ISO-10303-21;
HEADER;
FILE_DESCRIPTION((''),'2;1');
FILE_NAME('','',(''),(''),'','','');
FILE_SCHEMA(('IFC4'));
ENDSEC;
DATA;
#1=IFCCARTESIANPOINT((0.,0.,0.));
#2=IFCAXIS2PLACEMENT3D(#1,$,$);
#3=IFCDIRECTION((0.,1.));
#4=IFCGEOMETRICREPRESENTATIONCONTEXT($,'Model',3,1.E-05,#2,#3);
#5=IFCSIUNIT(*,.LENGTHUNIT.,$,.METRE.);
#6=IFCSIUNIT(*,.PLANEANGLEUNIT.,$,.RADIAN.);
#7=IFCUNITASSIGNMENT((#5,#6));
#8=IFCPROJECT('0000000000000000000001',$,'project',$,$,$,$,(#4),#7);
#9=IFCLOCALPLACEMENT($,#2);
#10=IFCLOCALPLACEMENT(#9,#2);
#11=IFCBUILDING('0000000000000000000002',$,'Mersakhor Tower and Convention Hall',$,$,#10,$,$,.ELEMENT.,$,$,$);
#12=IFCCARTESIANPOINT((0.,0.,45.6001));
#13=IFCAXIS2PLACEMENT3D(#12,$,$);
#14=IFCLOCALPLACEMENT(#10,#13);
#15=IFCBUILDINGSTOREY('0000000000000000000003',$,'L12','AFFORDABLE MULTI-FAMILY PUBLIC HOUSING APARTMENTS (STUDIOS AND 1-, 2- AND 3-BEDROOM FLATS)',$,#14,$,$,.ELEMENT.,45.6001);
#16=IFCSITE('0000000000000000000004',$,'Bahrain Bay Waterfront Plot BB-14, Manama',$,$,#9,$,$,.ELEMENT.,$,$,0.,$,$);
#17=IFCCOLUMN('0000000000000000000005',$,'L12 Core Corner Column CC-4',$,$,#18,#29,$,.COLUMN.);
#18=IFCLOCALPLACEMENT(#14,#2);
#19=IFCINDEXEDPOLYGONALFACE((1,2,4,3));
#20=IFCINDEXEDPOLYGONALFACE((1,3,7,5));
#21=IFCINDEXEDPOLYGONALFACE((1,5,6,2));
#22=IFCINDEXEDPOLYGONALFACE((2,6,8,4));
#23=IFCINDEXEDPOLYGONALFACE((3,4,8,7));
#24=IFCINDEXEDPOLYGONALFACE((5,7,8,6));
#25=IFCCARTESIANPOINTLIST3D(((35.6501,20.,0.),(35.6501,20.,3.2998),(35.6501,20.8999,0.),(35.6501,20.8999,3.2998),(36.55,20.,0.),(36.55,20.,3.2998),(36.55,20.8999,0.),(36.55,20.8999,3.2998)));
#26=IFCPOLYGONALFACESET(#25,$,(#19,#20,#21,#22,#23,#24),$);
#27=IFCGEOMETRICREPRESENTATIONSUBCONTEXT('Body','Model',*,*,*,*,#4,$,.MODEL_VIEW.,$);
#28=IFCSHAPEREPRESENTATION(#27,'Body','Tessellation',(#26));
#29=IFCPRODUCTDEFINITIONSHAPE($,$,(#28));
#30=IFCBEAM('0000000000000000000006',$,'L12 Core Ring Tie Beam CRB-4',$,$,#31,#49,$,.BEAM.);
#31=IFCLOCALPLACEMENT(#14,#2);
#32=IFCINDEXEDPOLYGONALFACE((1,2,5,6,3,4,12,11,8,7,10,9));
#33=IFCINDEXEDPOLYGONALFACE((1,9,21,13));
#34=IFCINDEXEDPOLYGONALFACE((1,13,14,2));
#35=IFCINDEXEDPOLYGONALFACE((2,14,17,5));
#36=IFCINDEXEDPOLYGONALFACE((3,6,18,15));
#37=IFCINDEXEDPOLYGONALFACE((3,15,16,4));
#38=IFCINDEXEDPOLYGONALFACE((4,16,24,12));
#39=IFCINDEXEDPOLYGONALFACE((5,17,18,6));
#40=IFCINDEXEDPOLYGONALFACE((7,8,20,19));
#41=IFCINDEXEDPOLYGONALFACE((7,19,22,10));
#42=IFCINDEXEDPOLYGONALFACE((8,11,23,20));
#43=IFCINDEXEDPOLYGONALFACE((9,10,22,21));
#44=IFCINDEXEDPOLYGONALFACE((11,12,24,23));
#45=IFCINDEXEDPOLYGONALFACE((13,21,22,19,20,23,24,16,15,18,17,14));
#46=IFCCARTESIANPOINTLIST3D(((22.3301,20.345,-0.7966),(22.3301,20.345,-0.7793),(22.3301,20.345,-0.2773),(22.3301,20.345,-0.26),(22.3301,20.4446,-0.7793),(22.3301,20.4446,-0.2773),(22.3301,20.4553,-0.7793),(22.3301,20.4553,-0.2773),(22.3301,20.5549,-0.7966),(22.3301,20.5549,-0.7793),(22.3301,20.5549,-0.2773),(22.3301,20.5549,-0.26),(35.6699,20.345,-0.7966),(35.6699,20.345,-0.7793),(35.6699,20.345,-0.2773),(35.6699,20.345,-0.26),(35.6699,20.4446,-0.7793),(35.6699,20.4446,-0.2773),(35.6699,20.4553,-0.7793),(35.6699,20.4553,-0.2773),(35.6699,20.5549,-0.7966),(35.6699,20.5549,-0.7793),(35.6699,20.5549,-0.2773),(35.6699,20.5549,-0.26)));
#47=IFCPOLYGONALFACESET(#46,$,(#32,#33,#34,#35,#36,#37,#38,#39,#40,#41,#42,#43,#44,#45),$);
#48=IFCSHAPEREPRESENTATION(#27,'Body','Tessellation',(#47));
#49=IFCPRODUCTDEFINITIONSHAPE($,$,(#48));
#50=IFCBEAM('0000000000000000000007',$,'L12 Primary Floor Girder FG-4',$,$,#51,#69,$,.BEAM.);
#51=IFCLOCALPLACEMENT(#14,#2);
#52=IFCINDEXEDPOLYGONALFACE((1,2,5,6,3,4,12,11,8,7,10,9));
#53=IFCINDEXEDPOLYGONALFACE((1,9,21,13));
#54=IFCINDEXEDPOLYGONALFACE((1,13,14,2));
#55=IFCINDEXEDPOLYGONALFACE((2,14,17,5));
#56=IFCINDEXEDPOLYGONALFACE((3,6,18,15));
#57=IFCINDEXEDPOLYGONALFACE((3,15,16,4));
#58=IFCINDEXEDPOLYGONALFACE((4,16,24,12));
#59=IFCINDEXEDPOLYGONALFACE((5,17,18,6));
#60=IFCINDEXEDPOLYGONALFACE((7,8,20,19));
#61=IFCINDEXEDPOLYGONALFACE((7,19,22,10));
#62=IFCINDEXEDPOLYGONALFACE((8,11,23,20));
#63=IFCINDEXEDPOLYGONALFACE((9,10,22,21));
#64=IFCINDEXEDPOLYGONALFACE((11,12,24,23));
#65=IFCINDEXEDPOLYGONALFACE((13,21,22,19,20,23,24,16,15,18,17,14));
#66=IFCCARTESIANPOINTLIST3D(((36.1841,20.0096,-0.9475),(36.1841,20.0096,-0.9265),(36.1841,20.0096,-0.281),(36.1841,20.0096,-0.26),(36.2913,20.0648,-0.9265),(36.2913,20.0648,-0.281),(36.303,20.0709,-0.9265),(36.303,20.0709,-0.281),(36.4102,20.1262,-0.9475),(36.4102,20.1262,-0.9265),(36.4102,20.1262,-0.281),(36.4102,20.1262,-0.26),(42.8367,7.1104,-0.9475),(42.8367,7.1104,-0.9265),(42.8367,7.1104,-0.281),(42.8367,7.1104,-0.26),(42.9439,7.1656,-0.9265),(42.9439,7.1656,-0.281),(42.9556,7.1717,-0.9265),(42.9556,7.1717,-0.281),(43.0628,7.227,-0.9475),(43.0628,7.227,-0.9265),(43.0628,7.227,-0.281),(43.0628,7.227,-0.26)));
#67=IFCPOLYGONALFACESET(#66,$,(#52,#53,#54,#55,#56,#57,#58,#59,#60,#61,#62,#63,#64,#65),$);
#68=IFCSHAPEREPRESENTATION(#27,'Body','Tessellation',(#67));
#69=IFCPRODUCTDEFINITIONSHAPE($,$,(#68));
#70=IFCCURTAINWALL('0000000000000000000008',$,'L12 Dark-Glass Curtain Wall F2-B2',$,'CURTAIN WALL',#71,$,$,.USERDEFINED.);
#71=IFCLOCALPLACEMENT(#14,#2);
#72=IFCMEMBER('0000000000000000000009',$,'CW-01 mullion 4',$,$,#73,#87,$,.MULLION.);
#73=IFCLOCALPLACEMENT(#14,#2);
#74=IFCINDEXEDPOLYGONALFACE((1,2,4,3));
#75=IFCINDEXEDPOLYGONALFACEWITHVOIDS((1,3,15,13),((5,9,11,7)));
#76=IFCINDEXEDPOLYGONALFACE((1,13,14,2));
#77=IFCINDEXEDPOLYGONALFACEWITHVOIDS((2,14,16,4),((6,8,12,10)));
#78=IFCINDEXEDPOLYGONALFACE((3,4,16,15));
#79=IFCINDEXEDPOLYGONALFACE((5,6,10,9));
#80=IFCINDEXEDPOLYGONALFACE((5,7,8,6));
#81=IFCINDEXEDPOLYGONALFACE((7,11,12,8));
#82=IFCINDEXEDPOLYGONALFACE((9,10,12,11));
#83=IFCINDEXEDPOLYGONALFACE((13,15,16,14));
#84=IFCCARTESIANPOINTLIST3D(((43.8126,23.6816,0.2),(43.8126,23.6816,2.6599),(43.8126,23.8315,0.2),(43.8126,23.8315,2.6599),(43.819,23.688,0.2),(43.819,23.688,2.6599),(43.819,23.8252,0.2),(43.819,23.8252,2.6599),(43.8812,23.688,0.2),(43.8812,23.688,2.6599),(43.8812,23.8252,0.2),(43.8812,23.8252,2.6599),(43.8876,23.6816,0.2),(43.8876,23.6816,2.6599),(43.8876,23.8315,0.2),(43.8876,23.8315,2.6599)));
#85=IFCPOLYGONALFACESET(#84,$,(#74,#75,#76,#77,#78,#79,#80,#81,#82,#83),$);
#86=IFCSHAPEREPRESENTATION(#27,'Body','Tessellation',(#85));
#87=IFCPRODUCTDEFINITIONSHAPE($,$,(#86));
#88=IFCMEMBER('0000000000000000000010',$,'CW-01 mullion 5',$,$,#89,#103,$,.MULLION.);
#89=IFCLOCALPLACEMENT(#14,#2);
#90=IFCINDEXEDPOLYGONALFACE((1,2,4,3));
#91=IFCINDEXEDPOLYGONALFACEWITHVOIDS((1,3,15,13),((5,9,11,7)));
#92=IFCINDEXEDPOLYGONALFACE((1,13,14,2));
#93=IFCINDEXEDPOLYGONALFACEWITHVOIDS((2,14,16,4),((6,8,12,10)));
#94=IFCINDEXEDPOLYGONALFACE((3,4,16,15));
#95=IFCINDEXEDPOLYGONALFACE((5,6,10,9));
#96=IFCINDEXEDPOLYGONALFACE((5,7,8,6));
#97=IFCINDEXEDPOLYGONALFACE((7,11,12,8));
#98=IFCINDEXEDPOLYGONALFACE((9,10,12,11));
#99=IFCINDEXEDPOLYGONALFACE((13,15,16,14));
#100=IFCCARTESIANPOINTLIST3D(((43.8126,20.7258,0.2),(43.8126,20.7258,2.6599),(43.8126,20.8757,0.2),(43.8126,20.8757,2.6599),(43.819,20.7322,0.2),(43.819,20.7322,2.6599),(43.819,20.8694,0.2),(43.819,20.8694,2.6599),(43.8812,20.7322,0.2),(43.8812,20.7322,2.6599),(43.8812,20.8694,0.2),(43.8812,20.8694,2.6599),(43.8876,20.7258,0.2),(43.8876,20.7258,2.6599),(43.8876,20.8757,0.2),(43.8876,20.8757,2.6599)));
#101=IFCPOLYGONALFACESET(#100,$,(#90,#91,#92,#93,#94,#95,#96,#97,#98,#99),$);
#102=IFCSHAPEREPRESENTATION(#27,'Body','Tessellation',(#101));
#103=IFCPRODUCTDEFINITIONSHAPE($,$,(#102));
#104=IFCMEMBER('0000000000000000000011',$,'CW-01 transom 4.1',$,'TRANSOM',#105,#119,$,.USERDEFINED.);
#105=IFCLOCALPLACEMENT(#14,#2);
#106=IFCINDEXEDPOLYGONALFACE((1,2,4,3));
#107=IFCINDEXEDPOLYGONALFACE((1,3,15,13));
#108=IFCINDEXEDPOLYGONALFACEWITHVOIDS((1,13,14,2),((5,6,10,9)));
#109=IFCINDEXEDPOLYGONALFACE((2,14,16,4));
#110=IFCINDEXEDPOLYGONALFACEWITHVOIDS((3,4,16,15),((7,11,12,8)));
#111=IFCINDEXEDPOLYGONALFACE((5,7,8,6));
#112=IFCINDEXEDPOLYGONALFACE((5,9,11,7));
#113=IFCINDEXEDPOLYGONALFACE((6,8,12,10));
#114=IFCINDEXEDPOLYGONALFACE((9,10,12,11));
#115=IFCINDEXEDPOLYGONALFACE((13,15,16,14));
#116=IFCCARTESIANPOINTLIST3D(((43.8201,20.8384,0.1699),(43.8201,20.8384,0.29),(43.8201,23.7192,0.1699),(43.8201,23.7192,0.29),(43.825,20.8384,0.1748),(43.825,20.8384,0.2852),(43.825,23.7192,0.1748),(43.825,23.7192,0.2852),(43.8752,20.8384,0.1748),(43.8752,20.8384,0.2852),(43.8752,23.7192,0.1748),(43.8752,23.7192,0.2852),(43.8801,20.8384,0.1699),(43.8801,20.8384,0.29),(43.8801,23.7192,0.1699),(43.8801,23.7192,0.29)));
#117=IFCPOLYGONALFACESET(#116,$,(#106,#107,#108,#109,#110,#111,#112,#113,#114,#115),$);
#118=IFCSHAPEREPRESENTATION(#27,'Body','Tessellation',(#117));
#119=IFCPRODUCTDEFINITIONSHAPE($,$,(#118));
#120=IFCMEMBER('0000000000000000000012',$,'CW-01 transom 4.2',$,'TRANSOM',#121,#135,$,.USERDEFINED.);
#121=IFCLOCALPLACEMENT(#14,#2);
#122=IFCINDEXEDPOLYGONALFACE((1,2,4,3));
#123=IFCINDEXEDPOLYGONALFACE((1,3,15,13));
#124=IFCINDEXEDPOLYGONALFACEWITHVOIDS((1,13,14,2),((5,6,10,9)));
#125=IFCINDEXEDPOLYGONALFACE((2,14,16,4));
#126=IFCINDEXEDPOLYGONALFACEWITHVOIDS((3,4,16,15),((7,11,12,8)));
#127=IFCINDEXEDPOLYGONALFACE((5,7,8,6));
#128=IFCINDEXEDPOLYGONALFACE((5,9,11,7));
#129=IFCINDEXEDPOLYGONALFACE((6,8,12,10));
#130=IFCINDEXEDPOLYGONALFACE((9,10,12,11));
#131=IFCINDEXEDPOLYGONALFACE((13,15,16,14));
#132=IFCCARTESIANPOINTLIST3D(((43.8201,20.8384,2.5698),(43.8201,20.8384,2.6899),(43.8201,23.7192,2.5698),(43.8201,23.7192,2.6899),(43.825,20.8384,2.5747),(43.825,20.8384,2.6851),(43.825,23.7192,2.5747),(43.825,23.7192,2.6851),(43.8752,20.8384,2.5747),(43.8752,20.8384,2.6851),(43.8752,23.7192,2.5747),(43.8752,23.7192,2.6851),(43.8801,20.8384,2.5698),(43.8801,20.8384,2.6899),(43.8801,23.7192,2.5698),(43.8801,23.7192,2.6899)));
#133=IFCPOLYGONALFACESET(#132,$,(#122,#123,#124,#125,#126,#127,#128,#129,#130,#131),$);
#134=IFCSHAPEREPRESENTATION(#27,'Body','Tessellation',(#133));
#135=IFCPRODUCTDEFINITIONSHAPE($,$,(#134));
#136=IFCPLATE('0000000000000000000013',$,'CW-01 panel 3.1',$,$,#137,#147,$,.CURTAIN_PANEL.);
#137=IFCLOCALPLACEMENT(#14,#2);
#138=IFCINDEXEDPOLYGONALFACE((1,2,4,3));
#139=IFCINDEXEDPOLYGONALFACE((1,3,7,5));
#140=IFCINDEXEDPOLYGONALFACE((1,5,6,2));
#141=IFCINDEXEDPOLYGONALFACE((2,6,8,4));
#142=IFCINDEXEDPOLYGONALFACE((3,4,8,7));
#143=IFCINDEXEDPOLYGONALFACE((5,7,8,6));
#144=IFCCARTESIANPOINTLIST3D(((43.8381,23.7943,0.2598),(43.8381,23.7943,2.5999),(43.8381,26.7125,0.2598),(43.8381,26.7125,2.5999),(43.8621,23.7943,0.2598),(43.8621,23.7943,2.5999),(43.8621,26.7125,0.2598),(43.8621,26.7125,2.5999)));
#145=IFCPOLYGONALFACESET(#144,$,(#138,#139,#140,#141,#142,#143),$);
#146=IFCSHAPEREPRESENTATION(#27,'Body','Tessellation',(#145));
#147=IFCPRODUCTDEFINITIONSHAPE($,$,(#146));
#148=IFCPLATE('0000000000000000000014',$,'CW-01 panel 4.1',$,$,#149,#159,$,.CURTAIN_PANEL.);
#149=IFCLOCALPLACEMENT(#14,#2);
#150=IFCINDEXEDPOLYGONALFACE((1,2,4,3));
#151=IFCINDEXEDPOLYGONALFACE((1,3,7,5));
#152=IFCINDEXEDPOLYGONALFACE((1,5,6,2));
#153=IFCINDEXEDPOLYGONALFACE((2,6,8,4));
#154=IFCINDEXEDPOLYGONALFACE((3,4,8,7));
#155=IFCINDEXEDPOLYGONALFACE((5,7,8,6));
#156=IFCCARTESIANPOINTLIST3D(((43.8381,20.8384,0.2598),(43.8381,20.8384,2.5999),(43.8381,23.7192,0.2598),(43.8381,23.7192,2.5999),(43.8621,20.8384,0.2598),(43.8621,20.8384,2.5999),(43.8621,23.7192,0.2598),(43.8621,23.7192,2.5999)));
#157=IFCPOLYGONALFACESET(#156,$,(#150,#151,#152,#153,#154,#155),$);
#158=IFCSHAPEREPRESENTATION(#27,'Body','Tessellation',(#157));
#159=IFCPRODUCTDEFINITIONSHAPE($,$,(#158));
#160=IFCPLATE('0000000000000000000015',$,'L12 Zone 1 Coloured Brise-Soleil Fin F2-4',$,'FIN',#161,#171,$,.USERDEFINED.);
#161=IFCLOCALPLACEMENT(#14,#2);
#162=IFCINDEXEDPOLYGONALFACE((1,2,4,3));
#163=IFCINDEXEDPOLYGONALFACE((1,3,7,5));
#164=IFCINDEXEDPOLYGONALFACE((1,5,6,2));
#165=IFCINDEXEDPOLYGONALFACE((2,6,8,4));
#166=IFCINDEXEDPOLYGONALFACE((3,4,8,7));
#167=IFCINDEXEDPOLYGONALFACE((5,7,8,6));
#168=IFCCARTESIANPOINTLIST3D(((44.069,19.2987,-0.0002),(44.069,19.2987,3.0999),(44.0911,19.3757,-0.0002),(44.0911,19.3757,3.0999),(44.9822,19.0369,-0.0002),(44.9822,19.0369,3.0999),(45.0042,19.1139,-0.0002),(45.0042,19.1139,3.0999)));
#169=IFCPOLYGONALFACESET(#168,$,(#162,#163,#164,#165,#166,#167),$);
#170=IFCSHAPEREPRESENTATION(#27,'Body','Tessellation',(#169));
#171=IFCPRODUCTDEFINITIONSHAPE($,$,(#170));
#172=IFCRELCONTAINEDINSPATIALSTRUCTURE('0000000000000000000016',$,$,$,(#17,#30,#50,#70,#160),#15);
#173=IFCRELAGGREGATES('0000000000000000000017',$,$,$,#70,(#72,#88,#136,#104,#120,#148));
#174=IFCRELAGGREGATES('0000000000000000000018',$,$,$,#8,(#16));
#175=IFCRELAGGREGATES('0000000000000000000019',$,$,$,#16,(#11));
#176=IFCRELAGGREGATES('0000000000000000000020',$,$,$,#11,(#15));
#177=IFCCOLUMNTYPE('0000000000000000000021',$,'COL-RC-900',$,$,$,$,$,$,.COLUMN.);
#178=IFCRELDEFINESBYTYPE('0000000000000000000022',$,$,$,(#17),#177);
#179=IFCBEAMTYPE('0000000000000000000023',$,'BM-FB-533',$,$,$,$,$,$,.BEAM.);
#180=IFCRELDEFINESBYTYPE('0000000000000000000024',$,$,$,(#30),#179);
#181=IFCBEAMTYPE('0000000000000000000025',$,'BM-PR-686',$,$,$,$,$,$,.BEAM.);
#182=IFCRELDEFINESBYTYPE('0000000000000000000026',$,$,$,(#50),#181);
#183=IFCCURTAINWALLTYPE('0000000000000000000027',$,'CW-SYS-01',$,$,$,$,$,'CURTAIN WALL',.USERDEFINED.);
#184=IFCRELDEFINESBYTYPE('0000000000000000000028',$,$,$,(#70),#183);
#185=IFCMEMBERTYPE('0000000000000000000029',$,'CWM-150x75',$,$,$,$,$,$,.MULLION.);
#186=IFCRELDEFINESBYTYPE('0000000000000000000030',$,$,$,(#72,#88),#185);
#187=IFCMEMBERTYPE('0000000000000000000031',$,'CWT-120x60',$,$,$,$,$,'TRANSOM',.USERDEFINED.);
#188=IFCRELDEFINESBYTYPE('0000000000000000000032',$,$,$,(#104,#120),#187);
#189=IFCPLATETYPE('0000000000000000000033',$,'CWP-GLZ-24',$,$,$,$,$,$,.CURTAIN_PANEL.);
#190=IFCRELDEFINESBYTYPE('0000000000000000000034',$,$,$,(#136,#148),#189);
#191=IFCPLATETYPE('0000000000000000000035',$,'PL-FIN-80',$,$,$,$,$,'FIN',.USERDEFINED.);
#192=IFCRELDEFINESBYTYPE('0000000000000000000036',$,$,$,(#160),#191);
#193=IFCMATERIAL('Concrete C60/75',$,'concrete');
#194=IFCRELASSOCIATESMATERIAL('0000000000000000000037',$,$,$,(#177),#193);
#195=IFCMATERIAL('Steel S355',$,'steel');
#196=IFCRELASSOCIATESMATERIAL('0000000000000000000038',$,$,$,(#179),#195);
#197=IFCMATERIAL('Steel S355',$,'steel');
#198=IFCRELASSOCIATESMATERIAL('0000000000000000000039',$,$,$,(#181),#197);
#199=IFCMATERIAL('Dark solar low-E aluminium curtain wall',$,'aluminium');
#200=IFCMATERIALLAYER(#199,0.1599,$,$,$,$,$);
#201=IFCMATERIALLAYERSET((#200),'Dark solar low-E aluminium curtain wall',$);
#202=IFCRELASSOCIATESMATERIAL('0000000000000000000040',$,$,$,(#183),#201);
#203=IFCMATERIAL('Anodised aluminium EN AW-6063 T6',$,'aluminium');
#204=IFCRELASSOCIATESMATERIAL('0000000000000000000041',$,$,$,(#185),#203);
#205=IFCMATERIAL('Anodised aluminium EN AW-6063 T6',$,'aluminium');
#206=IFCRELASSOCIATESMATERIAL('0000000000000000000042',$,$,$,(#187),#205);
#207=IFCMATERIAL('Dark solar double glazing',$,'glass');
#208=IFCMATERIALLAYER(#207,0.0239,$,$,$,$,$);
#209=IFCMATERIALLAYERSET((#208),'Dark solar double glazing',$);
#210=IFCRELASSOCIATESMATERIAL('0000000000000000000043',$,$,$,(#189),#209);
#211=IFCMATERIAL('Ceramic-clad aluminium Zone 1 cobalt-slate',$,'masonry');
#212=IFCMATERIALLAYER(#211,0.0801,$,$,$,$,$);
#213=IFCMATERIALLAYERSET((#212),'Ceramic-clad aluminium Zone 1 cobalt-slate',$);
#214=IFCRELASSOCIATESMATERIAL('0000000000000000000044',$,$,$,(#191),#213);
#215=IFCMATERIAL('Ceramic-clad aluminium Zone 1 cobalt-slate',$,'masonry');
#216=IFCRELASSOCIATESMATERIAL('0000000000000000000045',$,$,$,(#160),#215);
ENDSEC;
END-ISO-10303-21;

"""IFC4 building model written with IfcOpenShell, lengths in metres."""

from ifc_helpers import new_model, si_unit, direction, frame, origin, origin_2d, place, context, subcontext, project, spatial, rectangle, hollow_rectangle, i_section, extrude, material, layer, layer_set, material_profile, profile_set, type_object, element, aggregate, save


model = new_model("IFC4")

# Units and contexts
model_context = context("Model", 3, precision=1e-05, world=origin(), true_north=direction((0.0, 1.0)))
body_context = subcontext(model_context, "Body", "Model", "MODEL_VIEW")
ifc_project = project(units=[si_unit("LENGTHUNIT", "METRE"), si_unit("PLANEANGLEUNIT", "RADIAN")], contexts=[model_context])

# Site, building, storey
site_placement = place(None, origin())
site = spatial("IfcSite", under=ifc_project, at=site_placement, Name="Bahrain Bay Waterfront Plot BB-14, Manama", CompositionType="ELEMENT", RefElevation=0.0)
building_placement = place(site_placement, origin())
building = spatial("IfcBuilding", under=site, at=building_placement, Name="Mersakhor Tower and Convention Hall", CompositionType="ELEMENT")
storey_placement = place(building_placement, frame((0.0, 0.0, 45.6001)))
storey = spatial("IfcBuildingStorey", under=building, at=storey_placement, Name="L12", Description="AFFORDABLE MULTI-FAMILY PUBLIC HOUSING APARTMENTS (STUDIOS AND 1-, 2- AND 3-BEDROOM FLATS)", CompositionType="ELEMENT", Elevation=45.6001)

# Column
ifc_material_1 = material(Name="Concrete C60/75", Category="concrete")
ifc_material_profile_1 = material_profile(ifc_material_1, rectangle(XDim=0.8999, YDim=0.8999, at=origin_2d()), Name="RC 900x900")
ifc_profile_set_1 = profile_set([ifc_material_profile_1], Name="Concrete C60/75")
column_type = type_object("IfcColumnType", Name="COL-RC-900", PredefinedType="COLUMN", material=ifc_profile_set_1)
column_placement = place(storey_placement, frame((36.1001, 20.45, 0.0), z_axis=(0.0, 0.0, 1.0), x_axis=(1.0, 0.0, 0.0)))
element("IfcColumn", 1, at=column_placement, inside=storey, type_object=column_type, Name="L12 Core Corner Column CC-4", PredefinedType="COLUMN", context=body_context, shape_type="SweptSolid", body=[
    extrude(rectangle(XDim=0.8999, YDim=0.8999, at=origin_2d()), origin(), (0.0, 0.0, 1.0), 3.2998),
])

# Beams
ifc_material_2 = material(Name="Steel S355", Category="steel")
ifc_material_profile_2 = material_profile(ifc_material_2, i_section(OverallWidth=0.21, OverallDepth=0.5366, WebThickness=0.0107, FlangeThickness=0.0173, at=origin_2d()), Name="UB 533x210x101")
ifc_profile_set_2 = profile_set([ifc_material_profile_2], Name="Steel S355")
beam_type_1 = type_object("IfcBeamType", Name="BM-FB-533", PredefinedType="BEAM", material=ifc_profile_set_2)
beam_1_placement = place(storey_placement, frame((35.6699, 20.45, -0.5283), z_axis=(-1.0, 0.0, 0.0), x_axis=(0.0, -1.0, 0.0)))
element("IfcBeam", 2, at=beam_1_placement, inside=storey, type_object=beam_type_1, Name="L12 Core Ring Tie Beam CRB-4", PredefinedType="BEAM", context=body_context, shape_type="SweptSolid", body=[
    extrude(i_section(OverallWidth=0.21, OverallDepth=0.5366, WebThickness=0.0107, FlangeThickness=0.0173, at=origin_2d()), origin(), (0.0, 0.0, 1.0), 13.3398),
])
ifc_material_3 = material(Name="Steel S355", Category="steel")
ifc_material_profile_3 = material_profile(ifc_material_3, i_section(OverallWidth=0.2544, OverallDepth=0.6875, WebThickness=0.0132, FlangeThickness=0.021, at=origin_2d()), Name="UB 686x254x152")
ifc_profile_set_3 = profile_set([ifc_material_profile_3], Name="Steel S355")
beam_type_2 = type_object("IfcBeamType", Name="BM-PR-686", PredefinedType="BEAM", material=ifc_profile_set_3)
beam_2_placement = place(storey_placement, frame((36.2971, 20.0679, -0.6038), z_axis=(0.458368, -0.888762, 0.0), x_axis=(0.888762, 0.458368, 0.0)))
element("IfcBeam", 3, at=beam_2_placement, inside=storey, type_object=beam_type_2, Name="L12 Primary Floor Girder FG-4", PredefinedType="BEAM", context=body_context, shape_type="SweptSolid", body=[
    extrude(i_section(OverallWidth=0.2544, OverallDepth=0.6875, WebThickness=0.0132, FlangeThickness=0.021, at=origin_2d()), origin(), (0.0, 0.0, 1.0), 14.5137),
])

# Curtain wall, members, plates
ifc_material_4 = material(Name="Dark solar low-E aluminium curtain wall", Category="aluminium")
ifc_layer_1 = layer(ifc_material_4, 0.1599)
ifc_layer_set_1 = layer_set([ifc_layer_1], Name="Dark solar low-E aluminium curtain wall")
curtain_wall_type = type_object("IfcCurtainWallType", Name="CW-SYS-01", ElementType="CURTAIN WALL", PredefinedType="USERDEFINED", material=ifc_layer_set_1)
curtain_wall_placement = place(storey_placement, origin())
curtain_wall = element("IfcCurtainWall", 4, at=curtain_wall_placement, inside=storey, type_object=curtain_wall_type, Name="L12 Dark-Glass Curtain Wall F2-B2", ObjectType="CURTAIN WALL", PredefinedType="USERDEFINED")
ifc_material_5 = material(Name="Anodised aluminium EN AW-6063 T6", Category="aluminium")
ifc_material_profile_4 = material_profile(ifc_material_5, hollow_rectangle(XDim=0.075, YDim=0.1499, WallThickness=0.0063, at=origin_2d()), Name="RHS 150x75x6.3")
ifc_profile_set_4 = profile_set([ifc_material_profile_4], Name="Anodised aluminium EN AW-6063 T6")
member_type_1 = type_object("IfcMemberType", Name="CWM-150x75", PredefinedType="MULLION", material=ifc_profile_set_4)
member_1_placement = place(storey_placement, frame((43.8501, 23.7566, 0.2), z_axis=(0.0, 0.0, 1.0), x_axis=(1.0, 0.0, 0.0)))
member_1 = element("IfcMember", 5, at=member_1_placement, type_object=member_type_1, Name="CW-01 mullion 4", PredefinedType="MULLION", context=body_context, shape_type="SweptSolid", body=[
    extrude(hollow_rectangle(XDim=0.075, YDim=0.1499, WallThickness=0.0063, at=origin_2d()), origin(), (0.0, 0.0, 1.0), 2.46),
])
member_2_placement = place(storey_placement, frame((43.8501, 20.8008, 0.2), z_axis=(0.0, 0.0, 1.0), x_axis=(1.0, 0.0, 0.0)))
member_2 = element("IfcMember", 6, at=member_2_placement, type_object=member_type_1, Name="CW-01 mullion 5", PredefinedType="MULLION", context=body_context, shape_type="SweptSolid", body=[
    extrude(hollow_rectangle(XDim=0.075, YDim=0.1499, WallThickness=0.0063, at=origin_2d()), origin(), (0.0, 0.0, 1.0), 2.46),
])
ifc_material_6 = material(Name="Anodised aluminium EN AW-6063 T6", Category="aluminium")
ifc_material_profile_5 = material_profile(ifc_material_6, hollow_rectangle(XDim=0.0601, YDim=0.1201, WallThickness=0.0049, at=origin_2d()), Name="RHS 120x60x5")
ifc_profile_set_5 = profile_set([ifc_material_profile_5], Name="Anodised aluminium EN AW-6063 T6")
member_type_2 = type_object("IfcMemberType", Name="CWT-120x60", ElementType="TRANSOM", PredefinedType="USERDEFINED", material=ifc_profile_set_5)
member_3_placement = place(storey_placement, frame((43.8501, 23.7192, 0.23), z_axis=(0.0, -1.0, 0.0), x_axis=(1.0, 0.0, 0.0)))
member_3 = element("IfcMember", 7, at=member_3_placement, type_object=member_type_2, Name="CW-01 transom 4.1", ObjectType="TRANSOM", PredefinedType="USERDEFINED", context=body_context, shape_type="SweptSolid", body=[
    extrude(hollow_rectangle(XDim=0.0601, YDim=0.1201, WallThickness=0.0049, at=origin_2d()), origin(), (0.0, 0.0, 1.0), 2.8809),
])
member_4_placement = place(storey_placement, frame((43.8501, 23.7192, 2.6299), z_axis=(0.0, -1.0, 0.0), x_axis=(1.0, 0.0, 0.0)))
member_4 = element("IfcMember", 8, at=member_4_placement, type_object=member_type_2, Name="CW-01 transom 4.2", ObjectType="TRANSOM", PredefinedType="USERDEFINED", context=body_context, shape_type="SweptSolid", body=[
    extrude(hollow_rectangle(XDim=0.0601, YDim=0.1201, WallThickness=0.0049, at=origin_2d()), origin(), (0.0, 0.0, 1.0), 2.8809),
])
ifc_material_7 = material(Name="Dark solar double glazing", Category="glass")
ifc_layer_2 = layer(ifc_material_7, 0.0239)
ifc_layer_set_2 = layer_set([ifc_layer_2], Name="Dark solar double glazing")
plate_type_1 = type_object("IfcPlateType", Name="CWP-GLZ-24", PredefinedType="CURTAIN_PANEL", material=ifc_layer_set_2)
plate_1_placement = place(storey_placement, frame((43.8501, 25.2534, 0.2598), z_axis=(0.0, 0.0, 1.0), x_axis=(0.0, -1.0, 0.0)))
plate_1 = element("IfcPlate", 9, at=plate_1_placement, type_object=plate_type_1, Name="CW-01 panel 3.1", PredefinedType="CURTAIN_PANEL", context=body_context, shape_type="SweptSolid", body=[
    extrude(rectangle(XDim=2.9182, YDim=0.0239, at=origin_2d()), origin(), (0.0, 0.0, 1.0), 2.3401),
])
plate_2_placement = place(storey_placement, frame((43.8501, 22.2788, 0.2598), z_axis=(0.0, 0.0, 1.0), x_axis=(0.0, -1.0, 0.0)))
plate_2 = element("IfcPlate", 10, at=plate_2_placement, type_object=plate_type_1, Name="CW-01 panel 4.1", PredefinedType="CURTAIN_PANEL", context=body_context, shape_type="SweptSolid", body=[
    extrude(rectangle(XDim=2.8809, YDim=0.0239, at=origin_2d()), origin(), (0.0, 0.0, 1.0), 2.3401),
])
aggregate(curtain_wall, [member_1, member_2, plate_1, member_3, member_4, plate_2])

# Plate
ifc_material_8 = material(Name="Ceramic-clad aluminium Zone 1 cobalt-slate", Category="masonry")
ifc_material_9 = material(Name="Ceramic-clad aluminium Zone 1 cobalt-slate", Category="masonry")
ifc_layer_3 = layer(ifc_material_9, 0.0801)
ifc_layer_set_3 = layer_set([ifc_layer_3], Name="Ceramic-clad aluminium Zone 1 cobalt-slate")
plate_type_2 = type_object("IfcPlateType", Name="PL-FIN-80", ElementType="FIN", PredefinedType="USERDEFINED", material=ifc_layer_set_3)
plate_3_placement = place(storey_placement, frame((44.5366, 19.2063, -0.0002), z_axis=(0.0, 0.0, 1.0), x_axis=(0.961262, -0.275637, 0.0)))
element("IfcPlate", 11, at=plate_3_placement, inside=storey, type_object=plate_type_2, material=ifc_material_8, Name="L12 Zone 1 Coloured Brise-Soleil Fin F2-4", ObjectType="FIN", PredefinedType="USERDEFINED", context=body_context, shape_type="SweptSolid", body=[
    extrude(rectangle(XDim=0.95, YDim=0.0801, at=origin_2d()), origin(), (0.0, 0.0, 1.0), 3.1001),
])

save(model, "model.ifc")
